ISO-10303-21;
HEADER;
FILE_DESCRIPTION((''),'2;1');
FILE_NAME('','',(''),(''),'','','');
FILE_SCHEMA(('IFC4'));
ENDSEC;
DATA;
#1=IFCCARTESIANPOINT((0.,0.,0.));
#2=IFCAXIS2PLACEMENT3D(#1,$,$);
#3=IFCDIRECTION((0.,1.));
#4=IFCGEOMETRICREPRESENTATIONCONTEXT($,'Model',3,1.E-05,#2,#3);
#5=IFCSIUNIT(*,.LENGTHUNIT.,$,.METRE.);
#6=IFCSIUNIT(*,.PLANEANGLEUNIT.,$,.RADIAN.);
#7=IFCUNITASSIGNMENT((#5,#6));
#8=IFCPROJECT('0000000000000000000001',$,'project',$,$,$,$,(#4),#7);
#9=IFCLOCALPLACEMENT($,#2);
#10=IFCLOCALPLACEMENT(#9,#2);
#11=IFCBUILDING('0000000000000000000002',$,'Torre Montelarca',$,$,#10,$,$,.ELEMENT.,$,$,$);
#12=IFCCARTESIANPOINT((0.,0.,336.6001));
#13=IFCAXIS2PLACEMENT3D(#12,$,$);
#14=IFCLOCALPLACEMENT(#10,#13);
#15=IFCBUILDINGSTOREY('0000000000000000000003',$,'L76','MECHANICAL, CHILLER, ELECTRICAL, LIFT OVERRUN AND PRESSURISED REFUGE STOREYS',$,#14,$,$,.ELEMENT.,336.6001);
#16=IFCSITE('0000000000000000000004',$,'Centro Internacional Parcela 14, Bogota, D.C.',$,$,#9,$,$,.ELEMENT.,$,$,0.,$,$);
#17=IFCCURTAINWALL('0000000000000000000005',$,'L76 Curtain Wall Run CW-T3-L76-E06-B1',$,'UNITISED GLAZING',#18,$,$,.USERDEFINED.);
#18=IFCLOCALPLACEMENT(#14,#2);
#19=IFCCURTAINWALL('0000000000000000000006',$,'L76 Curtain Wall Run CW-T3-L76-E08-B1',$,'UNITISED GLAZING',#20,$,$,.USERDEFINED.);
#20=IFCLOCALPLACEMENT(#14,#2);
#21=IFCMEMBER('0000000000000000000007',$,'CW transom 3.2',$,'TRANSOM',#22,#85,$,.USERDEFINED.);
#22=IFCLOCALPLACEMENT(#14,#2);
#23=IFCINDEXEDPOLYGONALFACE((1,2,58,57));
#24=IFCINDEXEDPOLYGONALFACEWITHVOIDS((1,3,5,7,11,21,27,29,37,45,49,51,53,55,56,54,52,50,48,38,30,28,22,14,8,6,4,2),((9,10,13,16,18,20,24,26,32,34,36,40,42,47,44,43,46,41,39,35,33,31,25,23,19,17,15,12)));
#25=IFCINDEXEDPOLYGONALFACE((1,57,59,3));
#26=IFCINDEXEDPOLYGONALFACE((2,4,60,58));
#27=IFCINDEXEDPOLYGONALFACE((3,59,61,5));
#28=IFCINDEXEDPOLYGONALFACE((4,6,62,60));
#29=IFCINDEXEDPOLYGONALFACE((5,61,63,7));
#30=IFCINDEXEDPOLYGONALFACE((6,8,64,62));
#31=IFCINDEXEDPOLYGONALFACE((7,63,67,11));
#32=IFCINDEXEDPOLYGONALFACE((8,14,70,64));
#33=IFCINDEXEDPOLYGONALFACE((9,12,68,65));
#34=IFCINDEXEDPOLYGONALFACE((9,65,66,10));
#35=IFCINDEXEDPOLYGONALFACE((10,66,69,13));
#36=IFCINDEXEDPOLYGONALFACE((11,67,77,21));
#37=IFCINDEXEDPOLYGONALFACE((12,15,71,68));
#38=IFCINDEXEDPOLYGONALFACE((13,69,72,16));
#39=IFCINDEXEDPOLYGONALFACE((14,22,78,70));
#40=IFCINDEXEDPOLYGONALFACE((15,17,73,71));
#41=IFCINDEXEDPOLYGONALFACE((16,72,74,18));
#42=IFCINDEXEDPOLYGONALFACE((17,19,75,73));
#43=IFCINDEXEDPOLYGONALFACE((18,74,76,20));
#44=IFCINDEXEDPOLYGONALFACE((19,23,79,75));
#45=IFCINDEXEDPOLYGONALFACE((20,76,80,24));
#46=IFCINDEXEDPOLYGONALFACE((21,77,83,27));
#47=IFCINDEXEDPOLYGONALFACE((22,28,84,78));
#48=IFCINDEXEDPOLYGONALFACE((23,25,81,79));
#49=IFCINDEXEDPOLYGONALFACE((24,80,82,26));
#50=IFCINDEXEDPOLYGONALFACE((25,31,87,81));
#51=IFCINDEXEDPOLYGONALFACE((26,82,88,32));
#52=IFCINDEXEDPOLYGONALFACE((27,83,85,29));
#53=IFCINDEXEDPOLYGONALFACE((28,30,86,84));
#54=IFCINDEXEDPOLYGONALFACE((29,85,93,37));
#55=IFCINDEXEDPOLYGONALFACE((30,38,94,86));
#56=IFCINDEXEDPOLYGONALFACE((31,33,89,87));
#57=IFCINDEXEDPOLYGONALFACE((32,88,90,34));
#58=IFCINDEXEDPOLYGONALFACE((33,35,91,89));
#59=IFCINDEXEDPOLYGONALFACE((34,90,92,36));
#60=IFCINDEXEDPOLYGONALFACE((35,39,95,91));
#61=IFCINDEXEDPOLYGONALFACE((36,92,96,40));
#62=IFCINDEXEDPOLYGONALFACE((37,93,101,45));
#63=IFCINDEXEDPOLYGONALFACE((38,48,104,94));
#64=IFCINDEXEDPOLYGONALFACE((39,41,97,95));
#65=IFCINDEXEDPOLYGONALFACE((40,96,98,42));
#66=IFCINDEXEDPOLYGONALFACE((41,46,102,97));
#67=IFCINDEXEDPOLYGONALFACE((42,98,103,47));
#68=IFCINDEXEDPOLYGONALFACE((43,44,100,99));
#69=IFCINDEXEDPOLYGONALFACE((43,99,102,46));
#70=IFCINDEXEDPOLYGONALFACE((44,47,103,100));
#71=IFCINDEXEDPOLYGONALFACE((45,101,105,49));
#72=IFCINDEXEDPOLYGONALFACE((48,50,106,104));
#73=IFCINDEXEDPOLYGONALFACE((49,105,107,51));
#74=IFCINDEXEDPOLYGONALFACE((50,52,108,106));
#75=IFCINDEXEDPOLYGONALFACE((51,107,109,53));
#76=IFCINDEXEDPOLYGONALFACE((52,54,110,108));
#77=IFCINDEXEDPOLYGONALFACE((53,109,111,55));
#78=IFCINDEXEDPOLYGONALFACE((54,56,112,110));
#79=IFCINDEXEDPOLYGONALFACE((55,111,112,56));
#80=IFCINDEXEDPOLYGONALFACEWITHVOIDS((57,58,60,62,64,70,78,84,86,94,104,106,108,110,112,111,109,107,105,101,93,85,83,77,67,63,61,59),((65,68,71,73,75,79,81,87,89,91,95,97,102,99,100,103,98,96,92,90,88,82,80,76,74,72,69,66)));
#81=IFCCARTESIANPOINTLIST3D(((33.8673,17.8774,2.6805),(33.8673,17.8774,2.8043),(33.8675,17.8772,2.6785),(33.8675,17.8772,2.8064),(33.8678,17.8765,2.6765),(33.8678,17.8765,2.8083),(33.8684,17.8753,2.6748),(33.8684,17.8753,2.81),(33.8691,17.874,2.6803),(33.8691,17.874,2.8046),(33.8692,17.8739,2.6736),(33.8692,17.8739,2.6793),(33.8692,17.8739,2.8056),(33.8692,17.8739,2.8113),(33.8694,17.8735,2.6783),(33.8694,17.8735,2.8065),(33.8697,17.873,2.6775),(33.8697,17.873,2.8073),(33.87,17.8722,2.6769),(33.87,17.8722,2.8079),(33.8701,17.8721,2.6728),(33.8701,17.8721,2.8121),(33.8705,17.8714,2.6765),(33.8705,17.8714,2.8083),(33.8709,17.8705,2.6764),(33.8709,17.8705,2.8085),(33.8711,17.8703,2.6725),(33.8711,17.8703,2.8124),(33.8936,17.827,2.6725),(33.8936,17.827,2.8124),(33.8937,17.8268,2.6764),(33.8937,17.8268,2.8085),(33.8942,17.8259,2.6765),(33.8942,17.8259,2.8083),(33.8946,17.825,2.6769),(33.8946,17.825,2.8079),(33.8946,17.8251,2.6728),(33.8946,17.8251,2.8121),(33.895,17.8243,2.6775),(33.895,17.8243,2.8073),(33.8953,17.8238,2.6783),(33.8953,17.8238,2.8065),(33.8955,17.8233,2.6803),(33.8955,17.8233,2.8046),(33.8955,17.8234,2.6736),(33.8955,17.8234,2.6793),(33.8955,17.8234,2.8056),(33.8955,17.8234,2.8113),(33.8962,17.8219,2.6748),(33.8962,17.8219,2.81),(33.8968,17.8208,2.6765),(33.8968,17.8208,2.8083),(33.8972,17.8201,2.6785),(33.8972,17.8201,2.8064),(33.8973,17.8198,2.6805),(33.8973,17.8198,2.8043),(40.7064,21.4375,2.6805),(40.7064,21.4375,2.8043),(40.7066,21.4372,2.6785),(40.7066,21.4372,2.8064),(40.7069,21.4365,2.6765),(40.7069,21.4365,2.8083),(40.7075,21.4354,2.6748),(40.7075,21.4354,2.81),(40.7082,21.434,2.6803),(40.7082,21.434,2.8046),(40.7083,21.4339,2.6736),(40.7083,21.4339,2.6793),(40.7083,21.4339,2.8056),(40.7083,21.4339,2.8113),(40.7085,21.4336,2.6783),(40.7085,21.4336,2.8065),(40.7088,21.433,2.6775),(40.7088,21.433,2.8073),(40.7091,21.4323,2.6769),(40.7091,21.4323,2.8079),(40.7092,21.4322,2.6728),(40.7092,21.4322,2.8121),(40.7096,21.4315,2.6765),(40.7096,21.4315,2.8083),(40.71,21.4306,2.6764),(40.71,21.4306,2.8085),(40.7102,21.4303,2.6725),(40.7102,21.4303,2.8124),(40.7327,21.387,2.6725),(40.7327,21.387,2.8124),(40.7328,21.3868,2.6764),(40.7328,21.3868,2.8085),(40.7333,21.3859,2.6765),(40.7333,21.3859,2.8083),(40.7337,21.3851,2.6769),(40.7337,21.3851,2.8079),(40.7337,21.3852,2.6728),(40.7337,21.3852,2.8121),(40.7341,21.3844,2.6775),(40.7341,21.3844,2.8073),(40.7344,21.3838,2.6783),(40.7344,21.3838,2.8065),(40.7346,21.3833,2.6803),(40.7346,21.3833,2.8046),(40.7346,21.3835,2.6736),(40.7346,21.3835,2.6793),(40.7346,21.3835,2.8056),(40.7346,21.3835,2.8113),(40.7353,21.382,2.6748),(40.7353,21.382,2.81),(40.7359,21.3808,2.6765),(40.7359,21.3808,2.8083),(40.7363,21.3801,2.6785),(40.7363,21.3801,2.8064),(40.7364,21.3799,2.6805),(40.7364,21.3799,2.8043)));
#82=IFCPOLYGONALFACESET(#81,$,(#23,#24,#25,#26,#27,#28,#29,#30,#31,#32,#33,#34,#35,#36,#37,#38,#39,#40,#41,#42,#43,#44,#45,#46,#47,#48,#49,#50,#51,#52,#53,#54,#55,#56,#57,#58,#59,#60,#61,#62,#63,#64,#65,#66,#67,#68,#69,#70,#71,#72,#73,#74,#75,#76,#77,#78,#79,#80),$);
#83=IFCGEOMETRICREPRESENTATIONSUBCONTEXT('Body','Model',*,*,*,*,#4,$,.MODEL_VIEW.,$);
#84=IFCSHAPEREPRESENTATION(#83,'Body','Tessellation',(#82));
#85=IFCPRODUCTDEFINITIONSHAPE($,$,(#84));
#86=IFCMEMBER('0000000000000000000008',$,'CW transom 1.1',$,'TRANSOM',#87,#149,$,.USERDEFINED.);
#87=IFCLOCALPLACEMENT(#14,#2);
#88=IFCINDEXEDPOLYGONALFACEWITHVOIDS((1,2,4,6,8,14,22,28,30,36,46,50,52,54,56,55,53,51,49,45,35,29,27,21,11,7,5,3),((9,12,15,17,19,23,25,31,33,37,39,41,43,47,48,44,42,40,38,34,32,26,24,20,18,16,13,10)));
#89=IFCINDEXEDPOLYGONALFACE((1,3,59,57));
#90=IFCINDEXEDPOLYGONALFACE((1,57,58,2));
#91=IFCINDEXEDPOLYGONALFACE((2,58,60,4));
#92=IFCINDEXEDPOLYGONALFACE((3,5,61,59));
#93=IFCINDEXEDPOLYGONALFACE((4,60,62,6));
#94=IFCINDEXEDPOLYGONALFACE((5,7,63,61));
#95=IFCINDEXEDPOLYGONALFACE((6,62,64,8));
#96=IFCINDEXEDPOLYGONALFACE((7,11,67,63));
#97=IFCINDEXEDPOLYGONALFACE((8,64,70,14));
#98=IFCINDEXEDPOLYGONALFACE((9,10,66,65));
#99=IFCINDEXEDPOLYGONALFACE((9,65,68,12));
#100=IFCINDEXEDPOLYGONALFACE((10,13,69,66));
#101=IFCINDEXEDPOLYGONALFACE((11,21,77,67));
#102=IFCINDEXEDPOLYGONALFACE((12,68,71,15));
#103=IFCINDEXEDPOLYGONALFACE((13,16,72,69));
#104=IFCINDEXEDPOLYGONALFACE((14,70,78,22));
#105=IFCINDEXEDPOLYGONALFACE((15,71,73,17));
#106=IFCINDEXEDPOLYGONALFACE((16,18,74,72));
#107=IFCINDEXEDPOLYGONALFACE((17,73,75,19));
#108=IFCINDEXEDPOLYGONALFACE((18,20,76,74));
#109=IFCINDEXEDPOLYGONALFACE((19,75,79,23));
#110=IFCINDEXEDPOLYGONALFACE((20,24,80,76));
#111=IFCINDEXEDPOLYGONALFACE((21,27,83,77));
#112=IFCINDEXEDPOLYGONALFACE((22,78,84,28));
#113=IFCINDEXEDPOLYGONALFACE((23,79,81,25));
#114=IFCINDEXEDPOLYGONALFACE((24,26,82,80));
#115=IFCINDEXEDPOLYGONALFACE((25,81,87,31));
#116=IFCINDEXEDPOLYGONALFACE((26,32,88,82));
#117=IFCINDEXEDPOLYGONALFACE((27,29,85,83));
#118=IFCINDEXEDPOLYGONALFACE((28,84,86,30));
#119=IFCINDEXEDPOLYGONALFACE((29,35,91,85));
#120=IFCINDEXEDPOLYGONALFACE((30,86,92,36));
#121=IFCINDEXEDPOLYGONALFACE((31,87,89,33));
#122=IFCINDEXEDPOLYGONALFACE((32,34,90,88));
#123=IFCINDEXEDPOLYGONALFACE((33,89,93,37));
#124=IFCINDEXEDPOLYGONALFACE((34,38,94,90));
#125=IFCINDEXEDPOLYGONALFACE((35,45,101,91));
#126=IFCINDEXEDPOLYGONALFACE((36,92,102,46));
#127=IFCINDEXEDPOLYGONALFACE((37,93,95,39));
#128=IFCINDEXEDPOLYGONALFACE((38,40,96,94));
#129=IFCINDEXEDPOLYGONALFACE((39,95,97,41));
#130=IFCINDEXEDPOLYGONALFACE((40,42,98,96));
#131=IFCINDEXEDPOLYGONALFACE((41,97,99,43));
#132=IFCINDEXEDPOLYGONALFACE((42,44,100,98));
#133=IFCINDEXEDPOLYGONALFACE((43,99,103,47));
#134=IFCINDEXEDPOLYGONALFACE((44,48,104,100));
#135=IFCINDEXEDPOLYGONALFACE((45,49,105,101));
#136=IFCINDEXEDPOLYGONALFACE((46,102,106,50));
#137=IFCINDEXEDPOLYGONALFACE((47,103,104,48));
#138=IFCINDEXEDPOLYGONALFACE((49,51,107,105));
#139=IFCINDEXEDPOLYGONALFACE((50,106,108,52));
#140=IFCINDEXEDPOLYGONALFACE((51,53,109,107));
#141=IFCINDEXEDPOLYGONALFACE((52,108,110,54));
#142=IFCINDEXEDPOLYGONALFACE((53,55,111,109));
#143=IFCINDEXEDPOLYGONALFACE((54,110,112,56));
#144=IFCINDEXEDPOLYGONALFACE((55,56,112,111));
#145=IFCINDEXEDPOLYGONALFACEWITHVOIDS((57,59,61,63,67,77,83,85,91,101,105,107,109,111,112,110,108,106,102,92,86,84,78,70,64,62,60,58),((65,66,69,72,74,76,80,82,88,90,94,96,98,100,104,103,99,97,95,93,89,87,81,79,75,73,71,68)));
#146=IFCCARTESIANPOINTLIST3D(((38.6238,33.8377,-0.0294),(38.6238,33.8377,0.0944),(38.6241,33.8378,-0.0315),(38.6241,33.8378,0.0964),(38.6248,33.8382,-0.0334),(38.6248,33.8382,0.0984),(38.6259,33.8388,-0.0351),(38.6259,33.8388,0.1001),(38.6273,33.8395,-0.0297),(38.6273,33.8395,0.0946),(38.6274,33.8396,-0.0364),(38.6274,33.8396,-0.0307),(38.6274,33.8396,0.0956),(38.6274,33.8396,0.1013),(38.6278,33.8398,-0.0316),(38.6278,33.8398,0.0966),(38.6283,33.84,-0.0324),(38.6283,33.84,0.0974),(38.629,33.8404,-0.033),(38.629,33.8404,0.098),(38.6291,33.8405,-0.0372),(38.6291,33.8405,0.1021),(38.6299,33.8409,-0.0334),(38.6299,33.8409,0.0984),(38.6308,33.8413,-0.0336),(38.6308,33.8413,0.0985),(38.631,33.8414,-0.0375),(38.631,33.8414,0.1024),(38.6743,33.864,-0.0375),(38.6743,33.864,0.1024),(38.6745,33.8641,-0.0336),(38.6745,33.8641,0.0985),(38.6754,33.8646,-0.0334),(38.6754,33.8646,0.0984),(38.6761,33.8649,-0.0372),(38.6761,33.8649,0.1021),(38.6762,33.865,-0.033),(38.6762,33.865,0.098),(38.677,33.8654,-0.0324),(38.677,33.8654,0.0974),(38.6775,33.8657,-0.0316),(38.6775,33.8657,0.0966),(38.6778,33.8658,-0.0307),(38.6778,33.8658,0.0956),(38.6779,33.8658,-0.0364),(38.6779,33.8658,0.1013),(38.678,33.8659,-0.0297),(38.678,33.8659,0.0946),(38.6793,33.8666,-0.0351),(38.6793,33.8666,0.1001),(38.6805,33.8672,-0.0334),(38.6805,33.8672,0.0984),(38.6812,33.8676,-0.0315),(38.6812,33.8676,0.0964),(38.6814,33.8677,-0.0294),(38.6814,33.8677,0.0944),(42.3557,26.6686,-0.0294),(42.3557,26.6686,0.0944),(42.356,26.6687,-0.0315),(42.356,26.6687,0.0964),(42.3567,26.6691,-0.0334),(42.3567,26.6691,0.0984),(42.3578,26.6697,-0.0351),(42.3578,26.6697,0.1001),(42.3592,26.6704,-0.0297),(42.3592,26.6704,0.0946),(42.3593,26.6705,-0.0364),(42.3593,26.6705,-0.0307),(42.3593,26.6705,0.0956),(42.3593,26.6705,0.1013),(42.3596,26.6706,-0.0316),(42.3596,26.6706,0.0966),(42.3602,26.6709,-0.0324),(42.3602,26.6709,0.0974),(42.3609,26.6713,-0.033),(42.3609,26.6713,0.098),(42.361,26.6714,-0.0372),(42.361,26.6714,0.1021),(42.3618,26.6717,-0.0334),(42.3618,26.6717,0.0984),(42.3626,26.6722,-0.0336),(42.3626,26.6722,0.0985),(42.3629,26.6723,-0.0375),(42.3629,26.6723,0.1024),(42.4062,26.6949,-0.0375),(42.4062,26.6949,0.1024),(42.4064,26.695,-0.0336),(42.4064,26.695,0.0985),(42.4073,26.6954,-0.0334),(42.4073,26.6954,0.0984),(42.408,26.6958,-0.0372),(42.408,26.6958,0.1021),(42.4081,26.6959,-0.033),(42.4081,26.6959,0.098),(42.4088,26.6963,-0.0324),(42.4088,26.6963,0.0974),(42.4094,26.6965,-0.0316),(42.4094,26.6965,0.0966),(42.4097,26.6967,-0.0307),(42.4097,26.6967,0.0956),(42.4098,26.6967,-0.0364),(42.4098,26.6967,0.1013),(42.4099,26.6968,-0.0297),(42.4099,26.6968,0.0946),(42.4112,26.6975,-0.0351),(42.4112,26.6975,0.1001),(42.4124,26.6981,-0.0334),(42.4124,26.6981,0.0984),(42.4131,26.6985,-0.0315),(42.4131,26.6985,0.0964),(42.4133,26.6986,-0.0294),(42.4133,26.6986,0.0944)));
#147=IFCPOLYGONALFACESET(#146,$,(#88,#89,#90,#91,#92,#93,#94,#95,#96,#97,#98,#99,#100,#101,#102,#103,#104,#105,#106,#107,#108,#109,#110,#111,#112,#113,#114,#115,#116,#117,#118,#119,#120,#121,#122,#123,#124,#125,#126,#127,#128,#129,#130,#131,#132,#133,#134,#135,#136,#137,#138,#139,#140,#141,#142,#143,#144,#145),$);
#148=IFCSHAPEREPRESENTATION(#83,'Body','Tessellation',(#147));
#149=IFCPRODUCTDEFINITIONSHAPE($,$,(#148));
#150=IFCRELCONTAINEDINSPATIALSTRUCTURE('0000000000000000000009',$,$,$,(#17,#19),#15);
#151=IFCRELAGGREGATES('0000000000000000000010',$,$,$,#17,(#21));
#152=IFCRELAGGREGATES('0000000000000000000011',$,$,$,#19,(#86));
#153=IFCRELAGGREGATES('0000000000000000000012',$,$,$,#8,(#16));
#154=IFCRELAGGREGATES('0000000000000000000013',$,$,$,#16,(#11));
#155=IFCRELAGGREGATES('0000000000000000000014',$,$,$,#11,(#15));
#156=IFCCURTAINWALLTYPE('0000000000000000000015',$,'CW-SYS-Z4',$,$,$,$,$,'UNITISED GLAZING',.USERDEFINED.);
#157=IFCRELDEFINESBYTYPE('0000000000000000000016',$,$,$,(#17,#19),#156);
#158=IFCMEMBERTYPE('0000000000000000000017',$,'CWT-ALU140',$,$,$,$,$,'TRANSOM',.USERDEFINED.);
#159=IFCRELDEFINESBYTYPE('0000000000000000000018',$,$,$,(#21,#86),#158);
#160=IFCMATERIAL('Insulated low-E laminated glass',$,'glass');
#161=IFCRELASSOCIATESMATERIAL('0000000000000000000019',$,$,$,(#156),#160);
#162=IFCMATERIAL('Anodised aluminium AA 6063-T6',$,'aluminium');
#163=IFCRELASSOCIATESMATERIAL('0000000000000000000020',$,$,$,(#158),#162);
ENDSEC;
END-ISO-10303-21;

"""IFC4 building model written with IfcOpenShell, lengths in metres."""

from ifc_helpers import new_model, si_unit, direction, frame, origin, origin_2d, place, context, subcontext, project, spatial, hollow_rectangle, extrude, source, transform, mapped, material, material_profile, profile_set, type_object, element, aggregate, save


model = new_model("IFC4")

# Units and contexts
model_context = context("Model", 3, precision=1e-05, world=origin(), true_north=direction((0.0, 1.0)))
body_context = subcontext(model_context, "Body", "Model", "MODEL_VIEW")
ifc_project = project(units=[si_unit("LENGTHUNIT", "METRE"), si_unit("PLANEANGLEUNIT", "RADIAN")], contexts=[model_context])

# Site, building, storey
site_placement = place(None, origin())
site = spatial("IfcSite", under=ifc_project, at=site_placement, Name="Centro Internacional Parcela 14, Bogota, D.C.", CompositionType="ELEMENT", RefElevation=0.0)
building_placement = place(site_placement, origin())
building = spatial("IfcBuilding", under=site, at=building_placement, Name="Torre Montelarca", CompositionType="ELEMENT")
storey_placement = place(building_placement, frame((0.0, 0.0, 336.6001)))
storey = spatial("IfcBuildingStorey", under=building, at=storey_placement, Name="L76", Description="MECHANICAL, CHILLER, ELECTRICAL, LIFT OVERRUN AND PRESSURISED REFUGE STOREYS", CompositionType="ELEMENT", Elevation=336.6001)

# Curtain wall
ifc_material_1 = material(Name="Insulated low-E laminated glass", Category="glass")
curtain_wall_type = type_object("IfcCurtainWallType", Name="CW-SYS-Z4", ElementType="UNITISED GLAZING", PredefinedType="USERDEFINED", material=ifc_material_1)
ifc_material_2 = material(Name="Anodised aluminium AA 6063-T6", Category="aluminium")
curtain_wall_1_placement = place(storey_placement, origin())
curtain_wall_1 = element("IfcCurtainWall", 1, at=curtain_wall_1_placement, inside=storey, type_object=curtain_wall_type, Name="L76 Curtain Wall Run CW-T3-L76-E06-B1", ObjectType="UNITISED GLAZING", PredefinedType="USERDEFINED")

# Shared definitions
ifc_material_profile_1 = material_profile(ifc_material_2, hollow_rectangle(XDim=0.0649, YDim=0.1399, WallThickness=0.0039, InnerFilletRadius=0.0039, OuterFilletRadius=0.0081, at=origin_2d()), Name="ALU65X140X4", Category="aluminium")
ifc_profile_set_1 = profile_set([ifc_material_profile_1], Name="Anodised aluminium AA 6063-T6")
member_type_1 = type_object("IfcMemberType", Name="CWT-ALU140", ElementType="TRANSOM", PredefinedType="USERDEFINED", material=ifc_profile_set_1)

# Curtain wall
curtain_wall_2_placement = place(storey_placement, origin())
curtain_wall_2 = element("IfcCurtainWall", 2, at=curtain_wall_2_placement, inside=storey, type_object=curtain_wall_type, Name="L76 Curtain Wall Run CW-T3-L76-E08-B1", ObjectType="UNITISED GLAZING", PredefinedType="USERDEFINED")

# Members
shared_shape_1 = source(origin(), body_context, "Body", "SweptSolid", [
    extrude(hollow_rectangle(XDim=0.0649, YDim=0.1399, WallThickness=0.0039, InnerFilletRadius=0.0039, OuterFilletRadius=0.0081, at=origin_2d()), origin(), (0.0, 0.0, 1.0), 7.7102),
])
member_1_placement = place(storey_placement, frame((33.8823, 17.8486, 2.7424), z_axis=(0.887019, 0.461733, 0.0), x_axis=(-0.461733, 0.887019, 0.0)))
member_1 = element("IfcMember", 3, at=member_1_placement, type_object=member_type_1, Name="CW transom 3.2", ObjectType="TRANSOM", PredefinedType="USERDEFINED", context=body_context, shape_type="MappedRepresentation", body=[
    mapped(shared_shape_1, transform((0.0, 0.0, 0.0), scale=1.0)),
])
shared_shape_2 = source(origin(), body_context, "Body", "SweptSolid", [
    extrude(hollow_rectangle(XDim=0.0649, YDim=0.1399, WallThickness=0.0039, InnerFilletRadius=0.0039, OuterFilletRadius=0.0081, at=origin_2d()), origin(), (0.0, 0.0, 1.0), 8.0823),
])
member_2_placement = place(storey_placement, frame((42.3845, 26.6836, 0.0325), z_axis=(-0.461738, 0.887016, 0.0), x_axis=(-0.887016, -0.461738, 0.0)))
member_2 = element("IfcMember", 4, at=member_2_placement, type_object=member_type_1, Name="CW transom 1.1", ObjectType="TRANSOM", PredefinedType="USERDEFINED", context=body_context, shape_type="MappedRepresentation", body=[
    mapped(shared_shape_2, transform((0.0, 0.0, 0.0), scale=1.0)),
])

aggregate(curtain_wall_1, [member_1])
aggregate(curtain_wall_2, [member_2])

save(model, "model.ifc")
